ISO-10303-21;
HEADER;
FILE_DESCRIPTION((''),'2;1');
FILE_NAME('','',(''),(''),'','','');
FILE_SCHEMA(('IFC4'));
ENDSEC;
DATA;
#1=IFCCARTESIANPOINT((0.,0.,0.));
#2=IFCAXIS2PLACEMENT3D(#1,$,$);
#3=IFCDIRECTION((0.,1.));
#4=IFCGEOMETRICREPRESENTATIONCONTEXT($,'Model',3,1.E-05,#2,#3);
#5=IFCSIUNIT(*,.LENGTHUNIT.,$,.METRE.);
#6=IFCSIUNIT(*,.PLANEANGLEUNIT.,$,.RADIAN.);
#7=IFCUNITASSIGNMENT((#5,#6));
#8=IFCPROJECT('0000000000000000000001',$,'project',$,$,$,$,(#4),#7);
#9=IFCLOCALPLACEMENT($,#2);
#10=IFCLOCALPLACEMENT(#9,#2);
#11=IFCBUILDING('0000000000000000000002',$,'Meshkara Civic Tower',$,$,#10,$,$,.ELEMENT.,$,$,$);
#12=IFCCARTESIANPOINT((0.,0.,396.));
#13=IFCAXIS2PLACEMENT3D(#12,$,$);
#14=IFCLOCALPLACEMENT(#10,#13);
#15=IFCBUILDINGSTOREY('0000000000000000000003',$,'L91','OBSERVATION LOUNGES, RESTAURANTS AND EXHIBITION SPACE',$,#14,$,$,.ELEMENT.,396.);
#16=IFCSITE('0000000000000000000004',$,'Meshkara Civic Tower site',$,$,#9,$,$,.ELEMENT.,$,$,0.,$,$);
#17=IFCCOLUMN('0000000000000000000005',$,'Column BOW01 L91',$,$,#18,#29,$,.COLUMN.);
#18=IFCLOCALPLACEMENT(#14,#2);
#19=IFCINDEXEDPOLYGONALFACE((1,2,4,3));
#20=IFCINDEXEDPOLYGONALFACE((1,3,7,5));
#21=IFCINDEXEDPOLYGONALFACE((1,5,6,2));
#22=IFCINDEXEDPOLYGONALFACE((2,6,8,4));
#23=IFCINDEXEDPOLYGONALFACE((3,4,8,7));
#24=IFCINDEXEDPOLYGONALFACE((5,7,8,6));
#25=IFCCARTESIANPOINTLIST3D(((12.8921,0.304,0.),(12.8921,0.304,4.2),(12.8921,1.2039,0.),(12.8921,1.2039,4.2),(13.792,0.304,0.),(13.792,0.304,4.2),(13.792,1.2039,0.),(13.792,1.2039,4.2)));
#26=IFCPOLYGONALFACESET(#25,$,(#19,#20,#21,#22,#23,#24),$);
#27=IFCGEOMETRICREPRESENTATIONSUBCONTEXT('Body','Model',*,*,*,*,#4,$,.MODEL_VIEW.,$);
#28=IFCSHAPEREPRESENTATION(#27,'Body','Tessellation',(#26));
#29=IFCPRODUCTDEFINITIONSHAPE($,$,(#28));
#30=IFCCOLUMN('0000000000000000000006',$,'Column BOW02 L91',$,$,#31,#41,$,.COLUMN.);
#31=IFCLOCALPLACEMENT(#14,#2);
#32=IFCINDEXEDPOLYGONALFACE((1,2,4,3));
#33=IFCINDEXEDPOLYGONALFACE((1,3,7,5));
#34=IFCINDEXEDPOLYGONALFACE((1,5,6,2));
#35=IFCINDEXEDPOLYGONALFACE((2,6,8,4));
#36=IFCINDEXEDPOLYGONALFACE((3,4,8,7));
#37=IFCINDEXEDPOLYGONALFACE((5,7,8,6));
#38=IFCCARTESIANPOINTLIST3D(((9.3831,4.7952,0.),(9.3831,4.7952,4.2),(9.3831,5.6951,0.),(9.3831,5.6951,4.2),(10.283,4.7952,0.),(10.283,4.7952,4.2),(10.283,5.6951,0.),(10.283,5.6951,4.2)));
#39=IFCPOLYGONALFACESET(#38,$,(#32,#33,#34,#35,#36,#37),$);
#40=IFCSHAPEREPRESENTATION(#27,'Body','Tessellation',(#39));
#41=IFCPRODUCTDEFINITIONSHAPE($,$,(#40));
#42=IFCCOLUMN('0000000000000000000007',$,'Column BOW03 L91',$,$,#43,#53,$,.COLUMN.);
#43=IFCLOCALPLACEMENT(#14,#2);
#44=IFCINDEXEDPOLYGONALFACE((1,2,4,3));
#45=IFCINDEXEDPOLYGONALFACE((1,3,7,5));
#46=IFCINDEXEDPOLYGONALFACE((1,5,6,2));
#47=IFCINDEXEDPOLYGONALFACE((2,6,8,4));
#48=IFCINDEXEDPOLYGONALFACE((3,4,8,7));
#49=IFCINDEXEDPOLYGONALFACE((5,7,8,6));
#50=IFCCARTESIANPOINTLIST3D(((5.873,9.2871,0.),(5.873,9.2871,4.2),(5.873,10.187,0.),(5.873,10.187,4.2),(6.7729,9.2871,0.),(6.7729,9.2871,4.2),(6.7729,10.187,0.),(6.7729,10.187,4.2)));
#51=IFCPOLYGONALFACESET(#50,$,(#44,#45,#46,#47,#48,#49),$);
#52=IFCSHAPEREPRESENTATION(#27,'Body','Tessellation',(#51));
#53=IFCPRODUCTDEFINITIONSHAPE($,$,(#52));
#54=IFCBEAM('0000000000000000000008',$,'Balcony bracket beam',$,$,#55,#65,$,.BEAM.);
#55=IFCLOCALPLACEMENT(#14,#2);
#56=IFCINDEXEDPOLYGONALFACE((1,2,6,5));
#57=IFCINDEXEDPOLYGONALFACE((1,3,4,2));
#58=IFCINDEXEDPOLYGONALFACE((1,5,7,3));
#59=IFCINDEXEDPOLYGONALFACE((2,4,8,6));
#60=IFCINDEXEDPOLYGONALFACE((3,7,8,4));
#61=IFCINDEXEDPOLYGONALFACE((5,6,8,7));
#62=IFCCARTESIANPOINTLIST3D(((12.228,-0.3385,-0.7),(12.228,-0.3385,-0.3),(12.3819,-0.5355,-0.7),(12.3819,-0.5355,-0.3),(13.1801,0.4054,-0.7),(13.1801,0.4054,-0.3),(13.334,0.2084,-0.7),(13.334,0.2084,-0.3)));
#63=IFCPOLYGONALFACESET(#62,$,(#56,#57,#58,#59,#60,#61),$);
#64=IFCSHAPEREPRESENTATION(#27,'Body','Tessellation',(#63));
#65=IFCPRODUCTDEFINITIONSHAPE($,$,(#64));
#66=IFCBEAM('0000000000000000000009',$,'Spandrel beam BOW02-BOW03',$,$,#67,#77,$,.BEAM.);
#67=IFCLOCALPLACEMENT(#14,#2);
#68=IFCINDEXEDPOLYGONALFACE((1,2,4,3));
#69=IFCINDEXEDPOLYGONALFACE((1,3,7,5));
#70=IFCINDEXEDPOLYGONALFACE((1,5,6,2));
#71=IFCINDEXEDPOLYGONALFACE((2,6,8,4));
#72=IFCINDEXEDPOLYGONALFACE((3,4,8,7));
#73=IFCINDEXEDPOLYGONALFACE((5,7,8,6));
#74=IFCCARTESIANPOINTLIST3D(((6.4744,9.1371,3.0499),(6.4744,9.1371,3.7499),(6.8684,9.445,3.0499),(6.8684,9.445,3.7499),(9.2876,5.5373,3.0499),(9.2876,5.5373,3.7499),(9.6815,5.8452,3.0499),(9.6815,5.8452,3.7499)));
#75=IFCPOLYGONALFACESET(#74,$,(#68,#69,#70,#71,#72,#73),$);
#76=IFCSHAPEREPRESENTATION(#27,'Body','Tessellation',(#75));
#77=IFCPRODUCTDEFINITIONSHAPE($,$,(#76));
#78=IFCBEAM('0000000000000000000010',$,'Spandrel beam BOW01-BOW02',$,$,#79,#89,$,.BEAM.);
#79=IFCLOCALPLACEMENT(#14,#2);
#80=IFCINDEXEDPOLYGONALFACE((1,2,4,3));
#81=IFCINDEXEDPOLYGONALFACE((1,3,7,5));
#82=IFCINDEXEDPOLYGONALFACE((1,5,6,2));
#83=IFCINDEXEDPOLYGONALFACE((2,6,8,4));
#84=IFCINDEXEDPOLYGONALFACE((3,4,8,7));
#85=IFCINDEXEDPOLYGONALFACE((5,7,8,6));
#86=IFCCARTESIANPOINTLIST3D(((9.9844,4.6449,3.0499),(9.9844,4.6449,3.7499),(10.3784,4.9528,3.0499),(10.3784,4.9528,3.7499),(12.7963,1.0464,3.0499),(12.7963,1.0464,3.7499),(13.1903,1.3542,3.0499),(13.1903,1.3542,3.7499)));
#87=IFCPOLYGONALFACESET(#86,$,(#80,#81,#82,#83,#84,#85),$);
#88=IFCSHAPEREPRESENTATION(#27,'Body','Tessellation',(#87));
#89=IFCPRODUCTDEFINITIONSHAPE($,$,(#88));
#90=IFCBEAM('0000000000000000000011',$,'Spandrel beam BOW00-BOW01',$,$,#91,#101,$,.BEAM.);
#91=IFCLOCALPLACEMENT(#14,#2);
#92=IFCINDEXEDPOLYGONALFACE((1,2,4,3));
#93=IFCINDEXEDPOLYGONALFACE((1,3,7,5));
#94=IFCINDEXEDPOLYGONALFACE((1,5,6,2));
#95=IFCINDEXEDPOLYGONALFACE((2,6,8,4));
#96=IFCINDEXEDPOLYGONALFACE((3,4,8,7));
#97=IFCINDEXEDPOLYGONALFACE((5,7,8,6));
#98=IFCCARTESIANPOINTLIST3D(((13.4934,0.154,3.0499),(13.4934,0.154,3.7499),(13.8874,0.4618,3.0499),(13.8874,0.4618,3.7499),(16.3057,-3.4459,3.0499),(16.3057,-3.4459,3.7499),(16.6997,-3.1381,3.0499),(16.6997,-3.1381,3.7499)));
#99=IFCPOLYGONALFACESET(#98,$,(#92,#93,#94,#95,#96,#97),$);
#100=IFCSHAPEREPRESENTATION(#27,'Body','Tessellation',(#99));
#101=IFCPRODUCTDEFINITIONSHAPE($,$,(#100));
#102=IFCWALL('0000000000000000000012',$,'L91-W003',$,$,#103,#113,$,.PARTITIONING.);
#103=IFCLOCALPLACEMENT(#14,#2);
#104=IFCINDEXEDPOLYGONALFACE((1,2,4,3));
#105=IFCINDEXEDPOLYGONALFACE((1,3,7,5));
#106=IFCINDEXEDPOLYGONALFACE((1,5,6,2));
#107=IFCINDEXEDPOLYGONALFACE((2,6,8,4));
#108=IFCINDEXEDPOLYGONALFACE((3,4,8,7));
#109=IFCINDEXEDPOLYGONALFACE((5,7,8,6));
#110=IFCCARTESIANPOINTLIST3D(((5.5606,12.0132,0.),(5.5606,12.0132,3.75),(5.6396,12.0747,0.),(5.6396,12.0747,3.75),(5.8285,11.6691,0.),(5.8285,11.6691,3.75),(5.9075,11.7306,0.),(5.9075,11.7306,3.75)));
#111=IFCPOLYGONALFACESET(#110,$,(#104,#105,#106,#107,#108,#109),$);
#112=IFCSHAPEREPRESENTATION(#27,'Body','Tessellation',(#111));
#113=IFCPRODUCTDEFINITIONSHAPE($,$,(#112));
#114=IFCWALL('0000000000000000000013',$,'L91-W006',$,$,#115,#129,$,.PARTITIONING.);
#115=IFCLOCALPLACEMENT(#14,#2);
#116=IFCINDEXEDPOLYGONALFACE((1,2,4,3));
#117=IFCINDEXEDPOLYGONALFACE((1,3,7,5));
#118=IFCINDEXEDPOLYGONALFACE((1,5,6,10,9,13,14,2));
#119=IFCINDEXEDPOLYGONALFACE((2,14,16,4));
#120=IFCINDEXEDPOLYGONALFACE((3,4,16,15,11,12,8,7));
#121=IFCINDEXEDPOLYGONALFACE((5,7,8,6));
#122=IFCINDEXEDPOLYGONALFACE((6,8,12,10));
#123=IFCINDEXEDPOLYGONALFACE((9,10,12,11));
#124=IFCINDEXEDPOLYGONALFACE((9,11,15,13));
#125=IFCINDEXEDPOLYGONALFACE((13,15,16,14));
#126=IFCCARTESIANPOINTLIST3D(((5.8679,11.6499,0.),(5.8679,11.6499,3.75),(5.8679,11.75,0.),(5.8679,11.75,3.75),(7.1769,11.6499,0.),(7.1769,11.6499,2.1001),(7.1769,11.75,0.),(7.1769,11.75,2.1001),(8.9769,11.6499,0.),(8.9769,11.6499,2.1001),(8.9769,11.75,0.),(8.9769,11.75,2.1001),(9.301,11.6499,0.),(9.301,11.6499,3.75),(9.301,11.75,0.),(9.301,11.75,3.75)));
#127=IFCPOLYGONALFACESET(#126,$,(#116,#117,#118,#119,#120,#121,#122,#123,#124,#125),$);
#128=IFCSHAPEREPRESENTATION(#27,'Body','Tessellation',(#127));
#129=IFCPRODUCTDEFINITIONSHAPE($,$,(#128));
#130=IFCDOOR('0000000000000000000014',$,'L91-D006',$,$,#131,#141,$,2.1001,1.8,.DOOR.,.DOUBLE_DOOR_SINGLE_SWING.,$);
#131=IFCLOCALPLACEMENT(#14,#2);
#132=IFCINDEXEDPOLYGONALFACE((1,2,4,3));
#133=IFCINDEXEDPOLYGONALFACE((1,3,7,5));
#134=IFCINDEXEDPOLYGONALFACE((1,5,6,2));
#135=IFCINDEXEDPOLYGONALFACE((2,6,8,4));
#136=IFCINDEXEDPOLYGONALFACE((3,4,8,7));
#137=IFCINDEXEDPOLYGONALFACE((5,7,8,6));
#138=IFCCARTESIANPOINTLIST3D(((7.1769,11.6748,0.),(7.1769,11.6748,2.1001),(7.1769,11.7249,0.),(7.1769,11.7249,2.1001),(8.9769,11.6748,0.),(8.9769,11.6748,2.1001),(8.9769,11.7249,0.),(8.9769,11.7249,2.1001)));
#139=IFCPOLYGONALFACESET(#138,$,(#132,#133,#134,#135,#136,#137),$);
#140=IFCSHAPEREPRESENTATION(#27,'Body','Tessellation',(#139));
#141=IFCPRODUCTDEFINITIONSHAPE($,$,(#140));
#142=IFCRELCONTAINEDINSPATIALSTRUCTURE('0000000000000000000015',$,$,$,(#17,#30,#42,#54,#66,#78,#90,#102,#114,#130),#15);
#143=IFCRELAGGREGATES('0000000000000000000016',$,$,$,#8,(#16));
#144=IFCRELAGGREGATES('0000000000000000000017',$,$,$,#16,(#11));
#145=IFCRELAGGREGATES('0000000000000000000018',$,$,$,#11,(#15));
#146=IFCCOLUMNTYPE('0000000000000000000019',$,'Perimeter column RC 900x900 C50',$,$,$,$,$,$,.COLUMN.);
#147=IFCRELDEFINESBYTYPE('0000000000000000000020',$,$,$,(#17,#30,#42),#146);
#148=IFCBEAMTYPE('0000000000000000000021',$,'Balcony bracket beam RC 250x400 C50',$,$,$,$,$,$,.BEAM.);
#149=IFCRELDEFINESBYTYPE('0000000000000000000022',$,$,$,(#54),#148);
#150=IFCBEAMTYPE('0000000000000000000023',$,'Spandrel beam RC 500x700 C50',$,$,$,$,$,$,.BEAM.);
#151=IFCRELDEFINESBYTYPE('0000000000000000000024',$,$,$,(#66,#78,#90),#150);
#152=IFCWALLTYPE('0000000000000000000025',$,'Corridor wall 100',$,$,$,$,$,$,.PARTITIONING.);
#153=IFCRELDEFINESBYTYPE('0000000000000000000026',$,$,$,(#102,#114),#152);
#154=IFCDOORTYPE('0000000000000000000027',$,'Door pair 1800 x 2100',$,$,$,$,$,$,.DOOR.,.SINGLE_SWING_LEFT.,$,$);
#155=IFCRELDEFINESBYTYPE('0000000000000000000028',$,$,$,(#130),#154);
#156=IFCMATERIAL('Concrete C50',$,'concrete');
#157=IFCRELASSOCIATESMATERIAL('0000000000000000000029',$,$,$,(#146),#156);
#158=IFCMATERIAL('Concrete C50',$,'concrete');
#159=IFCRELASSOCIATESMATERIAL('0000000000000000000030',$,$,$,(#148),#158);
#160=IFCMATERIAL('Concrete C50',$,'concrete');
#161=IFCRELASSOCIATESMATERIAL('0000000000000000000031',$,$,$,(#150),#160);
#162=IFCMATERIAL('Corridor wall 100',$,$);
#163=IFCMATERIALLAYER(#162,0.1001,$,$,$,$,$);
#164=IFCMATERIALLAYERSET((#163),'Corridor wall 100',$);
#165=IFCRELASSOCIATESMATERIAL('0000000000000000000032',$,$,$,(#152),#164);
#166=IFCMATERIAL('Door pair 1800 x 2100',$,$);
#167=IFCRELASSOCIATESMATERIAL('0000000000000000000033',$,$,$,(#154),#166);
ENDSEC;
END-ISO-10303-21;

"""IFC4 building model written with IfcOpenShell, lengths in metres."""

from ifc_helpers import new_model, si_unit, direction, frame, frame_2d, origin, origin_2d, place, context, subcontext, project, spatial, rectangle, extrude, material, layer, layer_set, material_profile, profile_set, type_object, element, fill, save


model = new_model("IFC4")

# Units and contexts
model_context = context("Model", 3, precision=1e-05, world=origin(), true_north=direction((0.0, 1.0)))
body_context = subcontext(model_context, "Body", "Model", "MODEL_VIEW")
ifc_project = project(units=[si_unit("LENGTHUNIT", "METRE"), si_unit("PLANEANGLEUNIT", "RADIAN")], contexts=[model_context])

# Site, building, storey
site_placement = place(None, origin())
site = spatial("IfcSite", under=ifc_project, at=site_placement, Name="Meshkara Civic Tower site", CompositionType="ELEMENT", RefElevation=0.0)
building_placement = place(site_placement, origin())
building = spatial("IfcBuilding", under=site, at=building_placement, Name="Meshkara Civic Tower", CompositionType="ELEMENT")
storey_placement = place(building_placement, frame((0.0, 0.0, 396.0)))
storey = spatial("IfcBuildingStorey", under=building, at=storey_placement, Name="L91", Description="OBSERVATION LOUNGES, RESTAURANTS AND EXHIBITION SPACE", CompositionType="ELEMENT", Elevation=396.0)

# Columns
ifc_material_1 = material(Name="Concrete C50", Category="concrete")
ifc_material_profile_1 = material_profile(ifc_material_1, rectangle(XDim=0.8999, YDim=0.8999, at=origin_2d()))
ifc_profile_set_1 = profile_set([ifc_material_profile_1], Name="Concrete C50")
column_type = type_object("IfcColumnType", Name="Perimeter column RC 900x900 C50", PredefinedType="COLUMN", material=ifc_profile_set_1)
for number, where, z_axis, x_axis, name in (
    (1, (13.342, 0.7539, 0.0), (0.0, 0.0, 1.0), (1.0, 0.0, 0.0), "Column BOW01 L91"),
    (2, (9.833, 5.2451, 0.0), (0.0, 0.0, 1.0), (1.0, 0.0, 0.0), "Column BOW02 L91"),
    (3, (6.323, 9.7371, 0.0), (0.0, 0.0, 1.0), (1.0, 0.0, 0.0), "Column BOW03 L91"),
):
    element("IfcColumn", number, at=place(storey_placement, frame(where, z_axis=z_axis, x_axis=x_axis)), inside=storey, type_object=column_type, Name=name, PredefinedType="COLUMN", context=body_context, shape_type="SweptSolid", body=[
        extrude(rectangle(XDim=0.8999, YDim=0.8999, at=origin_2d()), origin(), (0.0, 0.0, 1.0), 4.2),
    ])

# Beams
ifc_material_2 = material(Name="Concrete C50", Category="concrete")
ifc_material_profile_2 = material_profile(ifc_material_2, rectangle(XDim=0.25, YDim=0.3999, at=origin_2d()))
ifc_profile_set_2 = profile_set([ifc_material_profile_2], Name="Concrete C50")
beam_type_1 = type_object("IfcBeamType", Name="Balcony bracket beam RC 250x400 C50", PredefinedType="BEAM", material=ifc_profile_set_2)
beam_1_placement = place(storey_placement, frame((13.2571, 0.3069, -0.5), z_axis=(-0.788012, -0.61566, 0.0), x_axis=(0.61566, -0.788012, 0.0)))
element("IfcBeam", 4, at=beam_1_placement, inside=storey, type_object=beam_type_1, Name="Balcony bracket beam", PredefinedType="BEAM", context=body_context, shape_type="SweptSolid", body=[
    extrude(rectangle(XDim=0.25, YDim=0.3999, at=origin_2d()), origin(), (0.0, 0.0, 1.0), 1.2083),
])
ifc_material_3 = material(Name="Concrete C50", Category="concrete")
ifc_material_profile_3 = material_profile(ifc_material_3, rectangle(XDim=0.5, YDim=0.7, at=origin_2d()))
ifc_profile_set_3 = profile_set([ifc_material_profile_3], Name="Concrete C50")
beam_type_2 = type_object("IfcBeamType", Name="Spandrel beam RC 500x700 C50", PredefinedType="BEAM", material=ifc_profile_set_3)
beam_2_placement = place(storey_placement, frame((6.6714, 9.291, 3.3999), z_axis=(0.615759, -0.787934, 0.0), x_axis=(0.787934, 0.615759, 0.0)))
element("IfcBeam", 5, at=beam_2_placement, inside=storey, type_object=beam_type_2, Name="Spandrel beam BOW02-BOW03", PredefinedType="BEAM", context=body_context, shape_type="SweptSolid", body=[
    extrude(rectangle(XDim=0.5, YDim=0.7, at=origin_2d()), origin(), (0.0, 0.0, 1.0), 4.5686),
])
beam_3_placement = place(storey_placement, frame((10.1814, 4.7988, 3.3999), z_axis=(0.615723, -0.787963, 0.0), x_axis=(0.787963, 0.615723, 0.0)))
element("IfcBeam", 6, at=beam_3_placement, inside=storey, type_object=beam_type_2, Name="Spandrel beam BOW01-BOW02", PredefinedType="BEAM", context=body_context, shape_type="SweptSolid", body=[
    extrude(rectangle(XDim=0.5, YDim=0.7, at=origin_2d()), origin(), (0.0, 0.0, 1.0), 4.5669),
])
beam_4_placement = place(storey_placement, frame((13.6904, 0.3079, 3.3999), z_axis=(0.615626, -0.788038, 0.0), x_axis=(0.788038, 0.615626, 0.0)))
element("IfcBeam", 7, at=beam_4_placement, inside=storey, type_object=beam_type_2, Name="Spandrel beam BOW00-BOW01", PredefinedType="BEAM", context=body_context, shape_type="SweptSolid", body=[
    extrude(rectangle(XDim=0.5, YDim=0.7, at=origin_2d()), origin(), (0.0, 0.0, 1.0), 4.5681),
])

# Wall
ifc_material_4 = material(Name="Corridor wall 100")
ifc_layer_1 = layer(ifc_material_4, 0.1001)
ifc_layer_set_1 = layer_set([ifc_layer_1], Name="Corridor wall 100")
wall_type_1 = type_object("IfcWallType", Name="Corridor wall 100", PredefinedType="PARTITIONING", material=ifc_layer_set_1)
wall_1_placement = place(storey_placement, frame((5.6001, 12.0439, 0.0), z_axis=(0.0, 0.0, 1.0), x_axis=(0.614328, -0.789051, 0.0)))
element("IfcWall", 8, at=wall_1_placement, inside=storey, type_object=wall_type_1, Name="L91-W003", PredefinedType="PARTITIONING", context=body_context, shape_type="SweptSolid", body=[
    extrude(rectangle(XDim=0.436, YDim=0.1001, at=frame_2d((0.218, 0.0))), origin(), (0.0, 0.0, 1.0), 3.75),
])

# Wall, opening, door
wall_2_placement = place(storey_placement, frame((5.8679, 11.7, 0.0), z_axis=(0.0, 0.0, 1.0), x_axis=(1.0, 0.0, 0.0)))
wall_2 = element("IfcWall", 9, at=wall_2_placement, inside=storey, type_object=wall_type_1, Name="L91-W006", PredefinedType="PARTITIONING", context=body_context, shape_type="SweptSolid", body=[
    extrude(rectangle(XDim=3.4331, YDim=0.1001, at=frame_2d((1.7166, 0.0))), origin(), (0.0, 0.0, 1.0), 3.75),
])
opening_1_placement = place(wall_2_placement, frame((1.3091, 0.0, 0.0)))
opening_1 = element("IfcOpeningElement", 10, at=opening_1_placement, cuts=wall_2, PredefinedType="OPENING", context=body_context, shape_type="SweptSolid", body=[
    extrude(rectangle(XDim=1.8, YDim=2.1001, at=frame_2d((0.8999, 1.05))), frame((0.0, 0.0601, 0.0), z_axis=(0.0, -1.0, 0.0), x_axis=(1.0, 0.0, 0.0)), (0.0, 0.0, 1.0), 0.1201),
])
ifc_material_5 = material(Name="Door pair 1800 x 2100")
door_type_1 = type_object("IfcDoorType", Name="Door pair 1800 x 2100", OperationType="SINGLE_SWING_LEFT", PredefinedType="DOOR", material=ifc_material_5)
door_1_placement = place(opening_1_placement, origin())
door_1 = element("IfcDoor", 11, at=door_1_placement, inside=storey, type_object=door_type_1, Name="L91-D006", OperationType="DOUBLE_DOOR_SINGLE_SWING", OverallHeight=2.1001, OverallWidth=1.8, PredefinedType="DOOR", context=body_context, shape_type="SweptSolid", body=[
    extrude(rectangle(XDim=1.8, YDim=2.1001, at=frame_2d((0.8999, 1.05))), frame((0.0, 0.0249, 0.0), z_axis=(0.0, -1.0, 0.0), x_axis=(1.0, 0.0, 0.0)), (0.0, 0.0, 1.0), 0.05),
])
fill(opening_1, door_1)

save(model, "model.ifc")
